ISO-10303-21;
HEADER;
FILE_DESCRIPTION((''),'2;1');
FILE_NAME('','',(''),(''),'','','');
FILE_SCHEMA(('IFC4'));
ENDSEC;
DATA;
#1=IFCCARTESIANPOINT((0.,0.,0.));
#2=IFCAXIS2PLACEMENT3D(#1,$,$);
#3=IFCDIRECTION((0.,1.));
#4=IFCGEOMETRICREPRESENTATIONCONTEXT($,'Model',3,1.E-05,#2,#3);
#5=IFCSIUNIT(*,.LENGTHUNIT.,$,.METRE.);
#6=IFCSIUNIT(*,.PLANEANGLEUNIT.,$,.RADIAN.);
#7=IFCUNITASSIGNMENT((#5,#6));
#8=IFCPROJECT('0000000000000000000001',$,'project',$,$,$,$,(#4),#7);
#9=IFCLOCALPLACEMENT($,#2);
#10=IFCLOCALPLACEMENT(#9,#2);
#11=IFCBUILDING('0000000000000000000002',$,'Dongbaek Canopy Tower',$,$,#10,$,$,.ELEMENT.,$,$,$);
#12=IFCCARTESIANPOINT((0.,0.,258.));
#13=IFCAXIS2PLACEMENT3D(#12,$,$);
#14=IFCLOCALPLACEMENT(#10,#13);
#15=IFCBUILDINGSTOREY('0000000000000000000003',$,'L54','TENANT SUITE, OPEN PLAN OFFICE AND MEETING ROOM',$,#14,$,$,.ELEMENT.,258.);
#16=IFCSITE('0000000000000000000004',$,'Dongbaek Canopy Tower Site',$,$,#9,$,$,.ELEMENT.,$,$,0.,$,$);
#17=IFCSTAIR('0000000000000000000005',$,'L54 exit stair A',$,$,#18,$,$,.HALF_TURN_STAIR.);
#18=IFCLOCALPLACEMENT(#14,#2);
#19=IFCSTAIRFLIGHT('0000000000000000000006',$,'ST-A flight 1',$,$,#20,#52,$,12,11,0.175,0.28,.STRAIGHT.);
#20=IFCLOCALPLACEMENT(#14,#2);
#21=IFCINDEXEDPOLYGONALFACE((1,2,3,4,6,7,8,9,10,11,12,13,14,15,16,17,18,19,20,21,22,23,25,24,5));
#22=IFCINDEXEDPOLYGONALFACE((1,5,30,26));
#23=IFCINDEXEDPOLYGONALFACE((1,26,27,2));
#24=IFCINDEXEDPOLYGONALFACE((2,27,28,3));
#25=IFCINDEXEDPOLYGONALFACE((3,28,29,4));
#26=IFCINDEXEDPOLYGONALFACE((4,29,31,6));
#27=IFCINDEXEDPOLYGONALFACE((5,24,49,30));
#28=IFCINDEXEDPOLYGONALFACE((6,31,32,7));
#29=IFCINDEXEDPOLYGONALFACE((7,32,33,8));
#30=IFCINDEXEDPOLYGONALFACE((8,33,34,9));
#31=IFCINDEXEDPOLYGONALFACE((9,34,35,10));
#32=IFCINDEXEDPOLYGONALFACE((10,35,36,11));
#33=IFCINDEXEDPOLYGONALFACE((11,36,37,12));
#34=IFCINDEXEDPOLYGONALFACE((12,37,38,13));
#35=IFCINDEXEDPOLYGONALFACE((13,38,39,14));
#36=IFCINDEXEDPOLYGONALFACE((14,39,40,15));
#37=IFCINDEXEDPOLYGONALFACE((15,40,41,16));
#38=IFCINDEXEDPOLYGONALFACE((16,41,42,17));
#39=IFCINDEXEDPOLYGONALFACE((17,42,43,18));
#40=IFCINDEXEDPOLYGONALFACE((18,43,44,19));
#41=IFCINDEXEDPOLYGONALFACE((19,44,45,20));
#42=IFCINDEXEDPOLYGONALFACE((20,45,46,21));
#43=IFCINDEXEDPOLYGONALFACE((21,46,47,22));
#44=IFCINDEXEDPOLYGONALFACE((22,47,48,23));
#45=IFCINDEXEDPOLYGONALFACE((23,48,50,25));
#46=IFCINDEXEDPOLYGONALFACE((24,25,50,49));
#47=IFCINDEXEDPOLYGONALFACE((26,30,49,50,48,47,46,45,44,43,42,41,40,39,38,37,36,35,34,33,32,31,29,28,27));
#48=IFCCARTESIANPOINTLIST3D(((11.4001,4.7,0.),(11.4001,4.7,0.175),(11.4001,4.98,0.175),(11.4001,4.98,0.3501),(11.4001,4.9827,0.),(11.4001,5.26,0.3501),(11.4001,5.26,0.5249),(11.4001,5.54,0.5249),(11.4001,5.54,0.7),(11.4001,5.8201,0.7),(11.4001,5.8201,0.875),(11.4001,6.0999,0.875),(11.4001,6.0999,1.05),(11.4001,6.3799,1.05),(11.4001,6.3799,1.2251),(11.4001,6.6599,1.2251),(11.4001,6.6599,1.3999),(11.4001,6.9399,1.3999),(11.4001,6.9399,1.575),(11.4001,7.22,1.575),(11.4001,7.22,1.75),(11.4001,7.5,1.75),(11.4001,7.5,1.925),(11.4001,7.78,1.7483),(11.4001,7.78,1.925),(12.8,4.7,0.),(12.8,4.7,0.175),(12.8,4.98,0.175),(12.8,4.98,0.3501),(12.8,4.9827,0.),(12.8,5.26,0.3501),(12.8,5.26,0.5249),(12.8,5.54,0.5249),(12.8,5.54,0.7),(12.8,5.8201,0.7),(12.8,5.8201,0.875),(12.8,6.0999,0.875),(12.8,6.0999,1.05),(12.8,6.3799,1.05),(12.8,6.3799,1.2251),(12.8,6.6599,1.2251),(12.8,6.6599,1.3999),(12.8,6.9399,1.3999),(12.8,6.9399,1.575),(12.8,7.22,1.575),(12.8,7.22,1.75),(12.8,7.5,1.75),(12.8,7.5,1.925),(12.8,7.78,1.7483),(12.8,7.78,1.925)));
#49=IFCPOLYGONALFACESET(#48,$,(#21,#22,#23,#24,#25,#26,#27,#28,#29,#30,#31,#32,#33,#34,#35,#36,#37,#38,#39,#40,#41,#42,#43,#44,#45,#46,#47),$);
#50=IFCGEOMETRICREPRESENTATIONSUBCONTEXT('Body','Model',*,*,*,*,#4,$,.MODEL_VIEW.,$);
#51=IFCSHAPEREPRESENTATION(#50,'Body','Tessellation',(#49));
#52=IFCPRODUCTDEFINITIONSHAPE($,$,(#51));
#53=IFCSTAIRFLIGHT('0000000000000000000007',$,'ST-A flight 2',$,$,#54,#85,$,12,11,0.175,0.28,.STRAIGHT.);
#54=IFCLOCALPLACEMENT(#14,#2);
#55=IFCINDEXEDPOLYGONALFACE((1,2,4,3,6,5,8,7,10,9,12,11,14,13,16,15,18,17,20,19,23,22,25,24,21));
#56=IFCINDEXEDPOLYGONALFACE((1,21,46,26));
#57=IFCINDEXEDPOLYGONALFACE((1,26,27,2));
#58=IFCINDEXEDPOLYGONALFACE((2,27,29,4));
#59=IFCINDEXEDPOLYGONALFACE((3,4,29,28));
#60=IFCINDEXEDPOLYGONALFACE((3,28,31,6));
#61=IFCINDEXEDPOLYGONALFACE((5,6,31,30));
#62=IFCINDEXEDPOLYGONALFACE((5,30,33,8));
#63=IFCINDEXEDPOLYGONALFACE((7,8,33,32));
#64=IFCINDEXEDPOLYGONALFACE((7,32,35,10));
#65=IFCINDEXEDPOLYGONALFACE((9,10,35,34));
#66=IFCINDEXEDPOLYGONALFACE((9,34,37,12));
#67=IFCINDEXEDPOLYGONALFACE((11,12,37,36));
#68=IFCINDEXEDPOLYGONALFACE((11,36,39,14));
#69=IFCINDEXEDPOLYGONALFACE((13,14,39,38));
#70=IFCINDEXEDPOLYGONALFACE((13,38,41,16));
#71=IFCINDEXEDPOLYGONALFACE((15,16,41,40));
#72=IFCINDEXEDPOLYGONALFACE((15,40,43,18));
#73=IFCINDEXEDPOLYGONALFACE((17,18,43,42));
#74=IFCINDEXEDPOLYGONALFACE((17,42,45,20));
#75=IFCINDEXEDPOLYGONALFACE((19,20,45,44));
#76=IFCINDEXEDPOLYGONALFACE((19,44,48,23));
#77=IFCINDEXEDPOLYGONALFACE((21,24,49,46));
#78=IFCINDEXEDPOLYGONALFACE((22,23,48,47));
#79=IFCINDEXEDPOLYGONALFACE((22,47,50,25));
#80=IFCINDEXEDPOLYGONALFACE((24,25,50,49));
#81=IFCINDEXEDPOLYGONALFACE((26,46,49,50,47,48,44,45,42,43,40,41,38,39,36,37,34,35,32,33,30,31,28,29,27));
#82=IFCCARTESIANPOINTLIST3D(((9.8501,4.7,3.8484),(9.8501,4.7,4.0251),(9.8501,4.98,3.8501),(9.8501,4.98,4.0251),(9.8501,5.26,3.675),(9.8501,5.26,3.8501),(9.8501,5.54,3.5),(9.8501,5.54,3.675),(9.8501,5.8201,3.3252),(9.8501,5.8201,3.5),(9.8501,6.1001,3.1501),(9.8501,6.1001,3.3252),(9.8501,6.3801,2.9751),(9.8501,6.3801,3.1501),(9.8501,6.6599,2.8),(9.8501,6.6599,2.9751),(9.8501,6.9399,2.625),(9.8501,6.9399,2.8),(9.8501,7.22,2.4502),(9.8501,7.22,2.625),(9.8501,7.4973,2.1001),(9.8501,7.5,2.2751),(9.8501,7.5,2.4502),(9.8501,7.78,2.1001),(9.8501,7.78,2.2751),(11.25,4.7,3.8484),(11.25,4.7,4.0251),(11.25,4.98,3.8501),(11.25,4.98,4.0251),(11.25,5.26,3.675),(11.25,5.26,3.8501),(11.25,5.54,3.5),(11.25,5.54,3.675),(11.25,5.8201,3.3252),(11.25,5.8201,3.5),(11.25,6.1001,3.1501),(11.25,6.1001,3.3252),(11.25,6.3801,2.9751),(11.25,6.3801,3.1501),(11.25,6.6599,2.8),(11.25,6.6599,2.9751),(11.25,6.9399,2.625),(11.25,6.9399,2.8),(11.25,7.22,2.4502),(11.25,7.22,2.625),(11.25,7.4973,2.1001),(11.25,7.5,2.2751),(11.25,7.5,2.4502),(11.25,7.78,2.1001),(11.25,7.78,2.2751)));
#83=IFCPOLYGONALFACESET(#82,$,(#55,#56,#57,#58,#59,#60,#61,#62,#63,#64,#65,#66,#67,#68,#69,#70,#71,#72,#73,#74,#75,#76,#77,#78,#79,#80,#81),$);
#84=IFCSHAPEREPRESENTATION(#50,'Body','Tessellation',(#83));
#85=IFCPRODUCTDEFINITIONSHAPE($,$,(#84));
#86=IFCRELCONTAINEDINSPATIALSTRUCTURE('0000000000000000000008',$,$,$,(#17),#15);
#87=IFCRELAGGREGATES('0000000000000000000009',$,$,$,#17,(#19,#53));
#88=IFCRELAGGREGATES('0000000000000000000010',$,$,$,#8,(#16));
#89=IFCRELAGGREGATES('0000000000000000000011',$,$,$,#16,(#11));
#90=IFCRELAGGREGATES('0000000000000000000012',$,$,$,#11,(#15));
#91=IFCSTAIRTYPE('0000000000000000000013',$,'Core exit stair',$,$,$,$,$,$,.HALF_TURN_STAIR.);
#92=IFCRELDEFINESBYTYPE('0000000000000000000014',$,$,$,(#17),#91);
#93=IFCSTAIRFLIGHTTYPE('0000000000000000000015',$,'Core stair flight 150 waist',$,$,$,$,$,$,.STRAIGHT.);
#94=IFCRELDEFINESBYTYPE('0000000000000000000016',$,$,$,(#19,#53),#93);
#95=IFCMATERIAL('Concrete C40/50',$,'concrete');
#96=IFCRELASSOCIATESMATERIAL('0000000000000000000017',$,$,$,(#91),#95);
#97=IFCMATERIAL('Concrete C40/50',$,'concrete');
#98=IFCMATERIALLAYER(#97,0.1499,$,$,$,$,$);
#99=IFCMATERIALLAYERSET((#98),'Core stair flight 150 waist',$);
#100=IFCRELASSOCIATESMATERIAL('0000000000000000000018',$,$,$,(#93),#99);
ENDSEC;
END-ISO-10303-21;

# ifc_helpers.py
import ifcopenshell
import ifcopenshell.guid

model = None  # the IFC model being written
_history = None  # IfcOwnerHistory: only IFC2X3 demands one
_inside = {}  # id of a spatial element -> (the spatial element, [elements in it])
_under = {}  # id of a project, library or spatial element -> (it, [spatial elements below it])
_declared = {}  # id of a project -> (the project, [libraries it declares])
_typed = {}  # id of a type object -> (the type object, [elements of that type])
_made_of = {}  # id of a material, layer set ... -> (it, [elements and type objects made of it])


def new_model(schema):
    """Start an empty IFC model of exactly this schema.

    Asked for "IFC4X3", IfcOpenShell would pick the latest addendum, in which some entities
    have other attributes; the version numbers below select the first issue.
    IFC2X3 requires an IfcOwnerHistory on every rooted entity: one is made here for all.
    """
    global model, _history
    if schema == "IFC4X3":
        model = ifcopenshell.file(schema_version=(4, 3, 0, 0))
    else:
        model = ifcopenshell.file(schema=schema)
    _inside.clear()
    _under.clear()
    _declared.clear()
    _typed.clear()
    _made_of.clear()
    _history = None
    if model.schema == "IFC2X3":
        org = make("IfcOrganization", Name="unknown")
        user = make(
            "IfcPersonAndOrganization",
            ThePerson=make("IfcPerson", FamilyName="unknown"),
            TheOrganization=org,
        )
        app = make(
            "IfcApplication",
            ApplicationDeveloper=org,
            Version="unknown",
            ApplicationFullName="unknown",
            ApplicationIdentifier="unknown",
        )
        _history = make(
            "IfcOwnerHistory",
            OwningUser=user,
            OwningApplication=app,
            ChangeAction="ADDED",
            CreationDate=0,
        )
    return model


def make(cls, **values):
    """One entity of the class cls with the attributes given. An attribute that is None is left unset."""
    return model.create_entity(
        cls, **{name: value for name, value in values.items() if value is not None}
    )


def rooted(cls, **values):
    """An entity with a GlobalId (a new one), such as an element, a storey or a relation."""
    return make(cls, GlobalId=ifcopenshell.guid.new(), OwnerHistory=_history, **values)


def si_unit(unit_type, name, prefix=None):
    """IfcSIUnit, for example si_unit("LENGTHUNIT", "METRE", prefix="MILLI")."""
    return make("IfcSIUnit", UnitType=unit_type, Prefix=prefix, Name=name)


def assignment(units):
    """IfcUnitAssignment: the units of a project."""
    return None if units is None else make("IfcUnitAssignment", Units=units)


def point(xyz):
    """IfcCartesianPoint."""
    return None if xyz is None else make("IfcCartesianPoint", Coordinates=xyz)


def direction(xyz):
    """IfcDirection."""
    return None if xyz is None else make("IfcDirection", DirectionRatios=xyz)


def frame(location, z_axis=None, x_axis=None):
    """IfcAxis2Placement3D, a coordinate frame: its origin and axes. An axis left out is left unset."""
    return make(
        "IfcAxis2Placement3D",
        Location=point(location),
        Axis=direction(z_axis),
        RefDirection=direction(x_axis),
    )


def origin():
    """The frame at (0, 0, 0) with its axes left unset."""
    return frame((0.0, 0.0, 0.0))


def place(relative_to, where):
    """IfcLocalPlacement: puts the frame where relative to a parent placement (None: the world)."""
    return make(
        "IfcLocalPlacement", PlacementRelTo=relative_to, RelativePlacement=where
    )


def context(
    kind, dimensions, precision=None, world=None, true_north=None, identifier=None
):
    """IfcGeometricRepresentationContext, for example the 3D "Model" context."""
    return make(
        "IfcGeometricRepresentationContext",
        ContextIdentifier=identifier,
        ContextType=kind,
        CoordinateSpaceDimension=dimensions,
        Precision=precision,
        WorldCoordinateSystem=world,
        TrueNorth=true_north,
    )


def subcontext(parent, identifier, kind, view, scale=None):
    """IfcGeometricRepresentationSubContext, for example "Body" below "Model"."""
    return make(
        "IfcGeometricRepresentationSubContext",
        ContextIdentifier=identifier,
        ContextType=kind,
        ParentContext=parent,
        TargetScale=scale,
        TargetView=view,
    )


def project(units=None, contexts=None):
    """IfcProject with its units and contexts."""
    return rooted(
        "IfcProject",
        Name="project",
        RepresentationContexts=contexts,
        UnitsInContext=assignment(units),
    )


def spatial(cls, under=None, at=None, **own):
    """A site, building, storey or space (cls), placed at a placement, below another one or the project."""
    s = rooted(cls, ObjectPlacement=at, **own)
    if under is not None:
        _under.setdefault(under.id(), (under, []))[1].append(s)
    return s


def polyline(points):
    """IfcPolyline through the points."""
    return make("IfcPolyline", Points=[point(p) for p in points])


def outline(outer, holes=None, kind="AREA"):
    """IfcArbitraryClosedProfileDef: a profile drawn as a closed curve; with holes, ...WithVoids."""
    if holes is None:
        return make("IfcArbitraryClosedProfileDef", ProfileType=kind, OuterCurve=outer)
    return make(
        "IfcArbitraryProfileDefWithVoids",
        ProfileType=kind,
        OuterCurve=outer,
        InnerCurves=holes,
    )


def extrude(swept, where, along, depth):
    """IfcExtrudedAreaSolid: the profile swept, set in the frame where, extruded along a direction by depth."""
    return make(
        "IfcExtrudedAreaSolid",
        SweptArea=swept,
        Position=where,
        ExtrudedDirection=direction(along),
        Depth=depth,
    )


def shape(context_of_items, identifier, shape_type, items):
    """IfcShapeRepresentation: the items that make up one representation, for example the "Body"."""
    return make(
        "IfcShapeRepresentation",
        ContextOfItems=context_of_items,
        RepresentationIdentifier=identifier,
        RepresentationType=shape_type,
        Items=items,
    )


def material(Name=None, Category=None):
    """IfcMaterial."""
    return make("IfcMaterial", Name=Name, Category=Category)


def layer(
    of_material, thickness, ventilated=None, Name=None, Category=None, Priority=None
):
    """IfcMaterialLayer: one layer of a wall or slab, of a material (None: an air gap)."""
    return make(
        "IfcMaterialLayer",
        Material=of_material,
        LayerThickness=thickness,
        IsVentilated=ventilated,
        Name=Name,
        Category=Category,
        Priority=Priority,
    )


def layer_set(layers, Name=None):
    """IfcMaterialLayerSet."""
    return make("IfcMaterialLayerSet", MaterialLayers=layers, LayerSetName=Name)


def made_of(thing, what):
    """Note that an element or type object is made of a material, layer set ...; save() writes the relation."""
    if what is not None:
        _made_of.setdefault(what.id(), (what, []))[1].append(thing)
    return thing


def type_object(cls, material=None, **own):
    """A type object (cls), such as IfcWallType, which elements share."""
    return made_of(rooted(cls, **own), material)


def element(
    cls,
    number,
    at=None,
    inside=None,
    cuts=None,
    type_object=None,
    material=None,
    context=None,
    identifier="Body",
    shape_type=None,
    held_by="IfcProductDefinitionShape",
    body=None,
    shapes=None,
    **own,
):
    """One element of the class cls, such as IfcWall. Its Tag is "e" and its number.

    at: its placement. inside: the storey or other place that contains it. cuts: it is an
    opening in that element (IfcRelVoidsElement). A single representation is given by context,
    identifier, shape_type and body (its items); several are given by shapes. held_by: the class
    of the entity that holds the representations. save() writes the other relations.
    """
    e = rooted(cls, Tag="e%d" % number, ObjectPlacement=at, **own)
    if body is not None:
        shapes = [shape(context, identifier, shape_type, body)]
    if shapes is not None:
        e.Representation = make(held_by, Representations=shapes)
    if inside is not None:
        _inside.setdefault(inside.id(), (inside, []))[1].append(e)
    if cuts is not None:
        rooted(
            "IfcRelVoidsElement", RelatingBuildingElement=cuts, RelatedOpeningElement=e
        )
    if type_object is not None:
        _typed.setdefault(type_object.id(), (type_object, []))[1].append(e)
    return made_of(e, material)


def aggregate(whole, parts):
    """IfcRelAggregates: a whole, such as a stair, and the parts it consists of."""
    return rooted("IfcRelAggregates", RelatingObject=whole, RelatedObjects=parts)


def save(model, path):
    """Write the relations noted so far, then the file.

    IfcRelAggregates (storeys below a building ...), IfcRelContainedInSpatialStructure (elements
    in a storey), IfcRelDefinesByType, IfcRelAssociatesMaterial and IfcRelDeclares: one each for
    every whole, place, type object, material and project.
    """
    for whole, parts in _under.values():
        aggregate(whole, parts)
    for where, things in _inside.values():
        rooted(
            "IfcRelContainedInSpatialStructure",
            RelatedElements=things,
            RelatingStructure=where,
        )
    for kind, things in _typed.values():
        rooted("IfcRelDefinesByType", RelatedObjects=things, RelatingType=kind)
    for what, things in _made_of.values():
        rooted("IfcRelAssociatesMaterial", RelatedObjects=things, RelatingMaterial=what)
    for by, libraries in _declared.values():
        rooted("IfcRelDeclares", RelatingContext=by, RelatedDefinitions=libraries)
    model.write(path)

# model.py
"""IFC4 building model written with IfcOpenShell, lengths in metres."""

from ifc_helpers import new_model, si_unit, direction, frame, origin, place, context, subcontext, project, spatial, polyline, outline, extrude, material, layer, layer_set, type_object, element, aggregate, save


model = new_model("IFC4")

# Units and contexts
model_context = context("Model", 3, precision=1e-05, world=origin(), true_north=direction((0.0, 1.0)))
body_context = subcontext(model_context, "Body", "Model", "MODEL_VIEW")
ifc_project = project(units=[si_unit("LENGTHUNIT", "METRE"), si_unit("PLANEANGLEUNIT", "RADIAN")], contexts=[model_context])

# Site, building, storey
site_placement = place(None, origin())
site = spatial("IfcSite", under=ifc_project, at=site_placement, Name="Dongbaek Canopy Tower Site", CompositionType="ELEMENT", RefElevation=0.0)
building_placement = place(site_placement, origin())
building = spatial("IfcBuilding", under=site, at=building_placement, Name="Dongbaek Canopy Tower", CompositionType="ELEMENT")
storey_placement = place(building_placement, frame((0.0, 0.0, 258.0)))
storey = spatial("IfcBuildingStorey", under=building, at=storey_placement, Name="L54", Description="TENANT SUITE, OPEN PLAN OFFICE AND MEETING ROOM", CompositionType="ELEMENT", Elevation=258.0)

# Stair, stair flights
ifc_material_1 = material(Name="Concrete C40/50", Category="concrete")
stair_type = type_object("IfcStairType", Name="Core exit stair", PredefinedType="HALF_TURN_STAIR", material=ifc_material_1)
stair_placement = place(storey_placement, origin())
stair = element("IfcStair", 1, at=stair_placement, inside=storey, type_object=stair_type, Name="L54 exit stair A", PredefinedType="HALF_TURN_STAIR")
ifc_material_2 = material(Name="Concrete C40/50", Category="concrete")
ifc_layer_1 = layer(ifc_material_2, 0.1499)
ifc_layer_set_1 = layer_set([ifc_layer_1], Name="Core stair flight 150 waist")
stair_flight_type = type_object("IfcStairFlightType", Name="Core stair flight 150 waist", PredefinedType="STRAIGHT", material=ifc_layer_set_1)
stair_flight_1_placement = place(storey_placement, frame((12.1001, 4.7, 0.0), z_axis=(0.0, 0.0, 1.0), x_axis=(0.0, 1.0, 0.0)))
stair_flight_1 = element("IfcStairFlight", 2, at=stair_flight_1_placement, type_object=stair_flight_type, Name="ST-A flight 1", NumberOfRisers=12, NumberOfTreads=11, PredefinedType="STRAIGHT", RiserHeight=0.175, TreadLength=0.28, context=body_context, shape_type="SweptSolid", body=[
    extrude(outline(polyline([(0.0, 0.0), (0.0, 0.175), (0.28, 0.175), (0.28, 0.3501), (0.5601, 0.3501), (0.5601, 0.5249), (0.8401, 0.5249), (0.8401, 0.7), (1.1201, 0.7), (1.1201, 0.875), (1.3999, 0.875), (1.3999, 1.05), (1.6799, 1.05), (1.6799, 1.2251), (1.96, 1.2251), (1.96, 1.3999), (2.24, 1.3999), (2.24, 1.575), (2.52, 1.575), (2.52, 1.75), (2.8, 1.75), (2.8, 1.925), (3.0801, 1.925), (3.0801, 2.1001), (3.0801, 1.7483), (0.2827, 0.0), (0.0, 0.0)])), frame((0.0, 0.7, 0.0), z_axis=(0.0, -1.0, 0.0), x_axis=(1.0, 0.0, 0.0)), (0.0, 0.0, 1.0), 1.3999),
])
stair_flight_2_placement = place(storey_placement, frame((10.55, 7.78, 2.1001), z_axis=(0.0, 0.0, 1.0), x_axis=(0.0, -1.0, 0.0)))
stair_flight_2 = element("IfcStairFlight", 3, at=stair_flight_2_placement, type_object=stair_flight_type, Name="ST-A flight 2", NumberOfRisers=12, NumberOfTreads=11, PredefinedType="STRAIGHT", RiserHeight=0.175, TreadLength=0.28, context=body_context, shape_type="SweptSolid", body=[
    extrude(outline(polyline([(0.0, 0.0), (0.0, 0.175), (0.28, 0.175), (0.28, 0.3501), (0.5601, 0.3501), (0.5601, 0.5249), (0.8401, 0.5249), (0.8401, 0.7), (1.1201, 0.7), (1.1201, 0.875), (1.3999, 0.875), (1.3999, 1.05), (1.6799, 1.05), (1.6799, 1.2251), (1.96, 1.2251), (1.96, 1.3999), (2.24, 1.3999), (2.24, 1.575), (2.52, 1.575), (2.52, 1.75), (2.8, 1.75), (2.8, 1.925), (3.0801, 1.925), (3.0801, 2.1001), (3.0801, 1.7483), (0.2827, 0.0), (0.0, 0.0)])), frame((0.0, 0.7, 0.0), z_axis=(0.0, -1.0, 0.0), x_axis=(1.0, 0.0, 0.0)), (0.0, 0.0, 1.0), 1.3999),
])
aggregate(stair, [stair_flight_1, stair_flight_2])

save(model, "model.ifc")
